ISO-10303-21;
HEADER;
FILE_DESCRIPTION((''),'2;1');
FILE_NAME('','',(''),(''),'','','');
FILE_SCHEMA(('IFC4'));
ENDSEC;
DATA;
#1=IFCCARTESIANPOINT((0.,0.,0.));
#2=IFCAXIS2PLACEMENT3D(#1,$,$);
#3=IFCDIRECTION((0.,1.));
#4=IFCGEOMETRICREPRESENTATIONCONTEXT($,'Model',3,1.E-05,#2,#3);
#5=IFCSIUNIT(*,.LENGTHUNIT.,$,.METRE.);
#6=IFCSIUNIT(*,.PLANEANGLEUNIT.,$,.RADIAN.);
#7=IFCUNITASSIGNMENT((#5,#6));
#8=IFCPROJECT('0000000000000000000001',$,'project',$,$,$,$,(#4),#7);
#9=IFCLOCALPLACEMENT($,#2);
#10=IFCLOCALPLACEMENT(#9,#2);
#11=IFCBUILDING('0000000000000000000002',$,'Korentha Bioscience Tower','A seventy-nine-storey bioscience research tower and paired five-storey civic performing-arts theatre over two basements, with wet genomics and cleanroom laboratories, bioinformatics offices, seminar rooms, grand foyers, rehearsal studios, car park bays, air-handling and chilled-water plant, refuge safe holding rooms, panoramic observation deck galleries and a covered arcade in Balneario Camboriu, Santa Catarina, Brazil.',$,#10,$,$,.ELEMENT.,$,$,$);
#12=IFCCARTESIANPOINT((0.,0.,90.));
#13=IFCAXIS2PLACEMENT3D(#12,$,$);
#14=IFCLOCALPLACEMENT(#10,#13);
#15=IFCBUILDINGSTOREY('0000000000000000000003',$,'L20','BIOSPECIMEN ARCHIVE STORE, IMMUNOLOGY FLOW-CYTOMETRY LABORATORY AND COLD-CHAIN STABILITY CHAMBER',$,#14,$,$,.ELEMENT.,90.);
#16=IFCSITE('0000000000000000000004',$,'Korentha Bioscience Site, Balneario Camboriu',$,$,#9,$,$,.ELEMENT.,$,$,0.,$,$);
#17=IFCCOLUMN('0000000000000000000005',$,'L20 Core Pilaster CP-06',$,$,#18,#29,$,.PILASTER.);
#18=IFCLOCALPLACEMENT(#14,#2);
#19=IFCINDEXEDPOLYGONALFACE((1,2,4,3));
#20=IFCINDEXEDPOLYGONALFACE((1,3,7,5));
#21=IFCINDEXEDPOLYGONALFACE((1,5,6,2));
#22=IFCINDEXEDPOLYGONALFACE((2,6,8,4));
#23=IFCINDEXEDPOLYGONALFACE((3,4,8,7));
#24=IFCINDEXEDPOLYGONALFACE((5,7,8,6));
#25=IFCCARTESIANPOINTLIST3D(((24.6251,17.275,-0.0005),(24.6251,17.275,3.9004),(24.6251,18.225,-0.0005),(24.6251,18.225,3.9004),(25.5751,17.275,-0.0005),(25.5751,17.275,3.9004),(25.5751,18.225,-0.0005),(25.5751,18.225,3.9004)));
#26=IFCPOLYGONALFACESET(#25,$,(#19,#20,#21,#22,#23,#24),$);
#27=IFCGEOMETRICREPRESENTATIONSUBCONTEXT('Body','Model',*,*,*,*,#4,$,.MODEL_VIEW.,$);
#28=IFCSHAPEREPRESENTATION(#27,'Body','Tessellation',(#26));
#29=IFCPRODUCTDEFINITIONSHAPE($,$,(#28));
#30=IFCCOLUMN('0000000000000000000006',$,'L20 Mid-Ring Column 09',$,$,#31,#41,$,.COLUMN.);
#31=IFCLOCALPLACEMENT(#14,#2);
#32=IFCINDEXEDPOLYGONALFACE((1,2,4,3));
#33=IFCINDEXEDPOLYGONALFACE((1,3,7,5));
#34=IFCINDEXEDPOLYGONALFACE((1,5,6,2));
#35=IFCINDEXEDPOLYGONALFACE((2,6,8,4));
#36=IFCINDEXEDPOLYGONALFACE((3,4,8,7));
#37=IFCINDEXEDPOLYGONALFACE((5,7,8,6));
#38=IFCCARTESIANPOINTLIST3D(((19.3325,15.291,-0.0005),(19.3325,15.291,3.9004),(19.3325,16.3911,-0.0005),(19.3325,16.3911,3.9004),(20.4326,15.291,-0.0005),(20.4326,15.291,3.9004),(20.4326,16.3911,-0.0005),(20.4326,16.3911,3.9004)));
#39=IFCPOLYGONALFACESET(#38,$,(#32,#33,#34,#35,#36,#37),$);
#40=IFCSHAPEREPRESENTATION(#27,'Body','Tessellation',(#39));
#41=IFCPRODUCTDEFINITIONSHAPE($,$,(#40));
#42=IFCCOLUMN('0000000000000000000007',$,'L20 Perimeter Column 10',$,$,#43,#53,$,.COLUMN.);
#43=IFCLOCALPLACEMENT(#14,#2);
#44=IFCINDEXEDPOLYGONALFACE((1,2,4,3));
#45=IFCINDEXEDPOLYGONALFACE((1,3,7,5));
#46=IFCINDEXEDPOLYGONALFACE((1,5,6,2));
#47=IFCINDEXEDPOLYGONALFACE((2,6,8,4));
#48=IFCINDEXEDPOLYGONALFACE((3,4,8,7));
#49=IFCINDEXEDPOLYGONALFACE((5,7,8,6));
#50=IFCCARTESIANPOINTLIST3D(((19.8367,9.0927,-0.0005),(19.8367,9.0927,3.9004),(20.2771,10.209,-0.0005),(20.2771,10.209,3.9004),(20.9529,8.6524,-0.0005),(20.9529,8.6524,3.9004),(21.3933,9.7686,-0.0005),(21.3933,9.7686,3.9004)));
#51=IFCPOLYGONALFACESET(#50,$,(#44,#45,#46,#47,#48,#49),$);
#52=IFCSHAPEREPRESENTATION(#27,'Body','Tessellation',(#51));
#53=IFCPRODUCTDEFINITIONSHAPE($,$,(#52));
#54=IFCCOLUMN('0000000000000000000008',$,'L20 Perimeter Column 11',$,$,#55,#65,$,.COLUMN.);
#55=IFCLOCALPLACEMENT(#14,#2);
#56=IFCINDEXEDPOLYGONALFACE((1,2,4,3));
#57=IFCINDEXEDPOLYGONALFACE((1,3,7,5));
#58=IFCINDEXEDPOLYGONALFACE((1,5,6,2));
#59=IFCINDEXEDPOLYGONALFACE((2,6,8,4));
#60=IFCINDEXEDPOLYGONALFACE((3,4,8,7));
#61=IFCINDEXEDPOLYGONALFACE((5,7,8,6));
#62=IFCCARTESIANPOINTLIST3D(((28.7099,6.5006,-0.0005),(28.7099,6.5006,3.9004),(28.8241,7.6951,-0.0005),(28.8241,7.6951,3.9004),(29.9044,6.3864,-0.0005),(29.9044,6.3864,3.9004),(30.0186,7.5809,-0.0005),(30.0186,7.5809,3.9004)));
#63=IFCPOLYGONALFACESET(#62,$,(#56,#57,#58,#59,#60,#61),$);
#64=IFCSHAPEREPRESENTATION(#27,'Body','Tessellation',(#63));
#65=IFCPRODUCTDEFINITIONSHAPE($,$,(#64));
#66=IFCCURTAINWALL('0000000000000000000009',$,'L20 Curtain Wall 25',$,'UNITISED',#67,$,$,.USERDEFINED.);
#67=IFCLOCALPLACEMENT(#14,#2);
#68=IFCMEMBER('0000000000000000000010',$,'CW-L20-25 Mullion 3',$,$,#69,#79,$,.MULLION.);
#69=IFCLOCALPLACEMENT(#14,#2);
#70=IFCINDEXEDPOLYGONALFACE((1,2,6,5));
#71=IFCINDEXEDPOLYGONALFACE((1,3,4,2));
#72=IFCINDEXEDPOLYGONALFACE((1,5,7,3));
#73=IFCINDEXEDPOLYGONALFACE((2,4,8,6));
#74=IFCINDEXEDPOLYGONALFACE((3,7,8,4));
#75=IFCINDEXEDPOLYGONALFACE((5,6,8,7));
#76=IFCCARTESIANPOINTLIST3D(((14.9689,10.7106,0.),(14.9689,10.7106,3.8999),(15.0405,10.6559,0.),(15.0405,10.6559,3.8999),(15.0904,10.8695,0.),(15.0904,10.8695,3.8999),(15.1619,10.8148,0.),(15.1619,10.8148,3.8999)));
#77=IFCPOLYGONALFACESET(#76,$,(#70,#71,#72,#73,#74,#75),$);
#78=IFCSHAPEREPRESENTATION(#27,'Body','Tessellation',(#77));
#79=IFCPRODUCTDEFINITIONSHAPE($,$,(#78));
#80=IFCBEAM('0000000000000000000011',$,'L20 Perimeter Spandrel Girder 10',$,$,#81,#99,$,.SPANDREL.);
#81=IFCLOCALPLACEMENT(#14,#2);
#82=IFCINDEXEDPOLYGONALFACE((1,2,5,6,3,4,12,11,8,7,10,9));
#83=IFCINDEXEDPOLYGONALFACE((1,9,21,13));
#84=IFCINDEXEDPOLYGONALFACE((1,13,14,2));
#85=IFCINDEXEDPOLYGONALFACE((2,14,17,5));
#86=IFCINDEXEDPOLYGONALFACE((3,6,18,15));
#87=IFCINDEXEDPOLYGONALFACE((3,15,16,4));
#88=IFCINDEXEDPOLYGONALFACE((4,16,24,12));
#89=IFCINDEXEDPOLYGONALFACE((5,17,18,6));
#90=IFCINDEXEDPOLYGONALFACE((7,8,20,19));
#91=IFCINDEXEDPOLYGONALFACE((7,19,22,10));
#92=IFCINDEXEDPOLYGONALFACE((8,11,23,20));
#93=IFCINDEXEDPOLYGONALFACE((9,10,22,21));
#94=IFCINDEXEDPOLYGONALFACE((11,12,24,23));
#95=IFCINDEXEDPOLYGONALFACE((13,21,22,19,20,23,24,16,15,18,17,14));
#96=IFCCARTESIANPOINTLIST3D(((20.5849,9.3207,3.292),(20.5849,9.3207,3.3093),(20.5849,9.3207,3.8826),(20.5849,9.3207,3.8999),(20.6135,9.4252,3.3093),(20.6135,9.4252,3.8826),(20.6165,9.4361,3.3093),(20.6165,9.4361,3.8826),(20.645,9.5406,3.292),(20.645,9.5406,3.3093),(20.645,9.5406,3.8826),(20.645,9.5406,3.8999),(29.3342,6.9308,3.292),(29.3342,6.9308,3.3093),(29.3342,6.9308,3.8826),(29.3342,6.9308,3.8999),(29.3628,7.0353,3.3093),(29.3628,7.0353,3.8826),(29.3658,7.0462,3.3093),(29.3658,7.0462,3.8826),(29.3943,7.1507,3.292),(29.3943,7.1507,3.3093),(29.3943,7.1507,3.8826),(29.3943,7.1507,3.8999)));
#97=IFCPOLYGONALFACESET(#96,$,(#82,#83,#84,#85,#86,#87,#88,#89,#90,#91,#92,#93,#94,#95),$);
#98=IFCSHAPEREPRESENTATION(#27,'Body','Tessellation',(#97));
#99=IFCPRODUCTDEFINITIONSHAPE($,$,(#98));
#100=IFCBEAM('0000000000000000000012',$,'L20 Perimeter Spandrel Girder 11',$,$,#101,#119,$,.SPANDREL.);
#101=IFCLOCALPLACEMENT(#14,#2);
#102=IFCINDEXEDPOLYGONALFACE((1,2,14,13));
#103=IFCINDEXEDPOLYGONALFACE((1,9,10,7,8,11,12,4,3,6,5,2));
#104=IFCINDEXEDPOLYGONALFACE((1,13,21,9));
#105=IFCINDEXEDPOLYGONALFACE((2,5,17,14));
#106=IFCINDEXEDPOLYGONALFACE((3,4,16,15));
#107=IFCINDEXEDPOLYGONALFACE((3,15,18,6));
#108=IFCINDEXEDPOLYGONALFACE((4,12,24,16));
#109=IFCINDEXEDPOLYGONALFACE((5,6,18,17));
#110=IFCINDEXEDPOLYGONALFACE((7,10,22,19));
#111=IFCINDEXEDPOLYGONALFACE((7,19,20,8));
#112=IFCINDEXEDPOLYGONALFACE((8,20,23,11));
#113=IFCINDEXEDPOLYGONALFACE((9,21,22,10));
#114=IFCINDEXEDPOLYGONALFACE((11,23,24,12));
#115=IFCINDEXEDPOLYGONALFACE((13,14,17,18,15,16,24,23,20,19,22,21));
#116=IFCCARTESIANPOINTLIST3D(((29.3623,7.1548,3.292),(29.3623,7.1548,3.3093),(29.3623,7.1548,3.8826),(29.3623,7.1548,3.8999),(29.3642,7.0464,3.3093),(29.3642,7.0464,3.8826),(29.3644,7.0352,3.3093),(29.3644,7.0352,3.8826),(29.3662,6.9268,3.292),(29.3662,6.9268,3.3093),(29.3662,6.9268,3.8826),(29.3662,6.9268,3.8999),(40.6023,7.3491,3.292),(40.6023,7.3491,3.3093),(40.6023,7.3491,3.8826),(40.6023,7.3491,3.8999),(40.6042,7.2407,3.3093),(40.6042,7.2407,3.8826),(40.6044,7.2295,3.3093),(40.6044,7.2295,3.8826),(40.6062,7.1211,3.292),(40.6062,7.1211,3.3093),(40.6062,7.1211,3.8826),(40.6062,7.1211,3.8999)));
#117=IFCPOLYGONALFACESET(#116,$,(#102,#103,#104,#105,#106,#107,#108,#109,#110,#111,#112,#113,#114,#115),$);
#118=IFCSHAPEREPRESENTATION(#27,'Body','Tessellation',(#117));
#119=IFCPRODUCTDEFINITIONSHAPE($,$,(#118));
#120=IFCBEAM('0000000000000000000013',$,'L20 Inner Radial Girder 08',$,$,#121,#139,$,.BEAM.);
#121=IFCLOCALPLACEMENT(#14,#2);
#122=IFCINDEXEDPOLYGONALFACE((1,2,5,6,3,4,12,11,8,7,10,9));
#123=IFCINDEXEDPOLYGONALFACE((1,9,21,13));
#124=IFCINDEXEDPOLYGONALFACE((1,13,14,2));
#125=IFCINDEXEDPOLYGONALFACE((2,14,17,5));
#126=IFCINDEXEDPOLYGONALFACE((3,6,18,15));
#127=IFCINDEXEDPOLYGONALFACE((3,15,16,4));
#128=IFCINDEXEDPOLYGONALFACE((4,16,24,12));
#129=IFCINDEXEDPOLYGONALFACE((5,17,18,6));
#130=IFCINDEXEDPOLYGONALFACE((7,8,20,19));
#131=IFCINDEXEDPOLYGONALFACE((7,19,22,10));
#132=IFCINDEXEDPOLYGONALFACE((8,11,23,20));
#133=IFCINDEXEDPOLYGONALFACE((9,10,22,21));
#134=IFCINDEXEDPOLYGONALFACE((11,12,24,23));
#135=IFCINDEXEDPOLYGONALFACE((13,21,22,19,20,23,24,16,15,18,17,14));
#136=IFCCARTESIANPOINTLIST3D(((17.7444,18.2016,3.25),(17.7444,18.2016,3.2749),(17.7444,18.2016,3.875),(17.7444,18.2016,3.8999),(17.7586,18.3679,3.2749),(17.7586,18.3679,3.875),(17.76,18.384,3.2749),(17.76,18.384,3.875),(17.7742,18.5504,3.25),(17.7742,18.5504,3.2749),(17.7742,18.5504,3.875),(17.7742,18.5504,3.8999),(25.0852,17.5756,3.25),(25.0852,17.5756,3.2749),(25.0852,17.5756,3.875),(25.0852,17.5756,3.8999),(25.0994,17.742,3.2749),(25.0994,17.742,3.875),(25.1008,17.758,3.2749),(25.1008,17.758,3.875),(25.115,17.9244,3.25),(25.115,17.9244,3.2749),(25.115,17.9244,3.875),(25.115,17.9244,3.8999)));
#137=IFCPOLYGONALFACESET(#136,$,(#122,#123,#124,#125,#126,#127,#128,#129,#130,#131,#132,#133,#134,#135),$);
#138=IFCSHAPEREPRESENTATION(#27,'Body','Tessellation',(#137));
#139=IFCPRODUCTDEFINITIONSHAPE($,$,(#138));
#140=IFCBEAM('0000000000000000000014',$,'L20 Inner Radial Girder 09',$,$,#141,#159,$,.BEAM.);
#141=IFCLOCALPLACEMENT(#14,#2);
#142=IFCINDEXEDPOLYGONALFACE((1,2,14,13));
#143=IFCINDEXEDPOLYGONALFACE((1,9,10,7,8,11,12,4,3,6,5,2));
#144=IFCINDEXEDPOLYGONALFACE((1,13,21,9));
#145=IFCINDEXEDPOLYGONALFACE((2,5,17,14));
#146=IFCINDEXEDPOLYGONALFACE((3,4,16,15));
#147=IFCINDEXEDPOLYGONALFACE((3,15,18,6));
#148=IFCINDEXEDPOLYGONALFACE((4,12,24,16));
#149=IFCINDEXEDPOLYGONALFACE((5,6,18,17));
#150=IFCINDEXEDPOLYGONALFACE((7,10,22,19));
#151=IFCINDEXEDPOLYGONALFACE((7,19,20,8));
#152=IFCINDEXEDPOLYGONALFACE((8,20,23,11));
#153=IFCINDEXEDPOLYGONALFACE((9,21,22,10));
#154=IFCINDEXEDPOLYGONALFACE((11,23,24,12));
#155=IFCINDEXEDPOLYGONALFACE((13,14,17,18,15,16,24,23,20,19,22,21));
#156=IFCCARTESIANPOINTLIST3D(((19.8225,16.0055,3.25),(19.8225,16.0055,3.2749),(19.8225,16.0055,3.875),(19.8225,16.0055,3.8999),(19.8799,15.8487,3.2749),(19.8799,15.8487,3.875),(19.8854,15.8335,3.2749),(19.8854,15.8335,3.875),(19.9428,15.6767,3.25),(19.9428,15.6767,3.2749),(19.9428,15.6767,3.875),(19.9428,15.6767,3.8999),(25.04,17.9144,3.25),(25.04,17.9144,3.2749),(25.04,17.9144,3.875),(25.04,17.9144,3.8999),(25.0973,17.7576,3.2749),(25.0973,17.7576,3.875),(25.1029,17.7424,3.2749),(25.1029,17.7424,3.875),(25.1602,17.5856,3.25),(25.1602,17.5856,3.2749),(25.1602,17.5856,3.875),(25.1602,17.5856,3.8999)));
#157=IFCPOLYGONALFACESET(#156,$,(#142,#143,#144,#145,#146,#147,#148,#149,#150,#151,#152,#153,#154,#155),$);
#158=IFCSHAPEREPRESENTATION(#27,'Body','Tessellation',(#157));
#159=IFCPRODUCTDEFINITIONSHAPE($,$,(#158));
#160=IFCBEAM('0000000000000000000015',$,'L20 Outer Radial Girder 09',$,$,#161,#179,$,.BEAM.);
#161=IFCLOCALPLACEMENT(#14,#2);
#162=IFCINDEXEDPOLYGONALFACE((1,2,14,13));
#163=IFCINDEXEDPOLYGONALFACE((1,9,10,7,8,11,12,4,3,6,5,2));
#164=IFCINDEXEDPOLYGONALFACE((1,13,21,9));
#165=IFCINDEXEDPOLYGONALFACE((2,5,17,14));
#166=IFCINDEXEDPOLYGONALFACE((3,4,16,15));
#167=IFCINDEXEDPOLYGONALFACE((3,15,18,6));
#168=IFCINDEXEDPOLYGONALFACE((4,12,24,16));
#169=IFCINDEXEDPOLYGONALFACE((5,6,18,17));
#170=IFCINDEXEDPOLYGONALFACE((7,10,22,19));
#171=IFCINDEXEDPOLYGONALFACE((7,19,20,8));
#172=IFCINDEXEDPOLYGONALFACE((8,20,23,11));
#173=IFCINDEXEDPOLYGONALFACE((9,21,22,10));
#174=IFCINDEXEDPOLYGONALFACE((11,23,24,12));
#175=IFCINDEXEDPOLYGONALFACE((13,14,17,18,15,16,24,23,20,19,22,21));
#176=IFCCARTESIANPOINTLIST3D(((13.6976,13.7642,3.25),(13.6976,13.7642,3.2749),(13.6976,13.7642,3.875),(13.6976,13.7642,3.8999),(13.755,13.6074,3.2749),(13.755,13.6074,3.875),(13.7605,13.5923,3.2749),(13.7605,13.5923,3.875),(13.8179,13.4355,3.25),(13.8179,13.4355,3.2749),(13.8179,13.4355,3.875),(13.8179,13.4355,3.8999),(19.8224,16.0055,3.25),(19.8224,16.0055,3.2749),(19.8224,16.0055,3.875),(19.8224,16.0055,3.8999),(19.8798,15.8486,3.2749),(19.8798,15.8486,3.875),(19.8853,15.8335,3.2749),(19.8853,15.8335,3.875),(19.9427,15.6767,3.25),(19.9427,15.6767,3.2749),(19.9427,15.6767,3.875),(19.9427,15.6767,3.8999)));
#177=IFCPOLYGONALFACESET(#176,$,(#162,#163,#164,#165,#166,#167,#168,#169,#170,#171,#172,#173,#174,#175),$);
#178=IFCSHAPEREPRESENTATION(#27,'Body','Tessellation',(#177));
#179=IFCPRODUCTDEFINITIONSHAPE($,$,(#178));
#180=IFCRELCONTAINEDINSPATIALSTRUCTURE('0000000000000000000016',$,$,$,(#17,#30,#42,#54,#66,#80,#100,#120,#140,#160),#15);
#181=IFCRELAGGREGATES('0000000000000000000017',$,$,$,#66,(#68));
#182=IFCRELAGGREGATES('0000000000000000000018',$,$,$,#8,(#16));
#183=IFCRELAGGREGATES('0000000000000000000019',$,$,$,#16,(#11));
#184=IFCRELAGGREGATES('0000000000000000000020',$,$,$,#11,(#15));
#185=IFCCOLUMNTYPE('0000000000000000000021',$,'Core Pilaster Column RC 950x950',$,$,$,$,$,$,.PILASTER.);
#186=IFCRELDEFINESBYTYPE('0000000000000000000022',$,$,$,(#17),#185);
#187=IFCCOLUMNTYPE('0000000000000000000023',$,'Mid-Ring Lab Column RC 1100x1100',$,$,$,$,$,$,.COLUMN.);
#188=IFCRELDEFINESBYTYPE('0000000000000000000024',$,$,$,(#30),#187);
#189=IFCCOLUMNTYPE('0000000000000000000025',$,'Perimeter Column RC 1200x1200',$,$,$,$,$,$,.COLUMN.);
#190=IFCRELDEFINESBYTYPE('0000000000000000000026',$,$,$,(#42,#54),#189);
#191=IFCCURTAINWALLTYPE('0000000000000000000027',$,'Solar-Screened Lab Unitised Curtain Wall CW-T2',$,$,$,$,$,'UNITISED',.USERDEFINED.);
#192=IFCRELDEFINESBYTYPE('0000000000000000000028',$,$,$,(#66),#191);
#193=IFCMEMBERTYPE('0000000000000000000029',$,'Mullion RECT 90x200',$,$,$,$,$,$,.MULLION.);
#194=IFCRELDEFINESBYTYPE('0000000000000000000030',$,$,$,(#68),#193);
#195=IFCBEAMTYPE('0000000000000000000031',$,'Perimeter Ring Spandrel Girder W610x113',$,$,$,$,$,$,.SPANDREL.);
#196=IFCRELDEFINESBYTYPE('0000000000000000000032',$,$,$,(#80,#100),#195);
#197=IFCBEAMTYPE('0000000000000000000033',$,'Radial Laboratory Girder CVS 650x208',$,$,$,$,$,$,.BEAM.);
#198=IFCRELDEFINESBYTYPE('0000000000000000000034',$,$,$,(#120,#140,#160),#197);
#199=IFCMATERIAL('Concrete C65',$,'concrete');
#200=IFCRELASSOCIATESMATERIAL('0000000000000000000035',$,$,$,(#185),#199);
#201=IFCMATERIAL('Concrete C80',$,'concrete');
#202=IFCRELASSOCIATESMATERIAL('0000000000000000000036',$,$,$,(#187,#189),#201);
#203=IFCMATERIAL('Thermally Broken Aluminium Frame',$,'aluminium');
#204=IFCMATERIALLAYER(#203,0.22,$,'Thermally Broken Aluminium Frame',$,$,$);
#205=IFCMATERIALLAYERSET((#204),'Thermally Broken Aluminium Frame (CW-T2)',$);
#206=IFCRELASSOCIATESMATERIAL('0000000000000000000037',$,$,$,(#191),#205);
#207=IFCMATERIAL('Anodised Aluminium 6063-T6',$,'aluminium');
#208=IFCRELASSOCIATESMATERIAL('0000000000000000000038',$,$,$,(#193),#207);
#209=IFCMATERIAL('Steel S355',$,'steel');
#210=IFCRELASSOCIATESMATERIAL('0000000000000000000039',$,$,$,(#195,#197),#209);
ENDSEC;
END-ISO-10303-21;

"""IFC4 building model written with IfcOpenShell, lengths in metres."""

from ifc_helpers import new_model, si_unit, direction, frame, origin, origin_2d, place, context, subcontext, project, spatial, rectangle, i_section, extrude, material, layer, layer_set, material_profile, profile_set, type_object, element, aggregate, save


model = new_model("IFC4")

# Units and contexts
model_context = context("Model", 3, precision=1e-05, world=origin(), true_north=direction((0.0, 1.0)))
body_context = subcontext(model_context, "Body", "Model", "MODEL_VIEW")
ifc_project = project(units=[si_unit("LENGTHUNIT", "METRE"), si_unit("PLANEANGLEUNIT", "RADIAN")], contexts=[model_context])

# Site, building, storey
site_placement = place(None, origin())
site = spatial("IfcSite", under=ifc_project, at=site_placement, Name="Korentha Bioscience Site, Balneario Camboriu", CompositionType="ELEMENT", RefElevation=0.0)
building_placement = place(site_placement, origin())
building = spatial("IfcBuilding", under=site, at=building_placement, Name="Korentha Bioscience Tower", Description="A seventy-nine-storey bioscience research tower and paired five-storey civic performing-arts theatre over two basements, with wet genomics and cleanroom laboratories, bioinformatics offices, seminar rooms, grand foyers, rehearsal studios, car park bays, air-handling and chilled-water plant, refuge safe holding rooms, panoramic observation deck galleries and a covered arcade in Balneario Camboriu, Santa Catarina, Brazil.", CompositionType="ELEMENT")
storey_placement = place(building_placement, frame((0.0, 0.0, 90.0)))
storey = spatial("IfcBuildingStorey", under=building, at=storey_placement, Name="L20", Description="BIOSPECIMEN ARCHIVE STORE, IMMUNOLOGY FLOW-CYTOMETRY LABORATORY AND COLD-CHAIN STABILITY CHAMBER", CompositionType="ELEMENT", Elevation=90.0)

# Columns
ifc_material_1 = material(Name="Concrete C65", Category="concrete")
ifc_material_profile_1 = material_profile(ifc_material_1, rectangle(XDim=0.95, YDim=0.95, at=origin_2d()), Name="Concrete C65")
ifc_profile_set_1 = profile_set([ifc_material_profile_1], Name="Concrete C65 (COL-CP09)")
column_type_1 = type_object("IfcColumnType", Name="Core Pilaster Column RC 950x950", PredefinedType="PILASTER", material=ifc_profile_set_1)
column_1_placement = place(storey_placement, frame((25.1001, 17.75, -0.0005), z_axis=(0.0, 0.0, 1.0), x_axis=(1.0, 0.0, 0.0)))
element("IfcColumn", 1, at=column_1_placement, inside=storey, type_object=column_type_1, Name="L20 Core Pilaster CP-06", PredefinedType="PILASTER", context=body_context, shape_type="SweptSolid", body=[
    extrude(rectangle(XDim=0.95, YDim=0.95, at=origin_2d()), origin(), (0.0, 0.0, 1.0), 3.9009),
])
ifc_material_2 = material(Name="Concrete C80", Category="concrete")
ifc_material_profile_2 = material_profile(ifc_material_2, rectangle(XDim=1.1001, YDim=1.1001, at=origin_2d()), Name="Concrete C80")
ifc_profile_set_2 = profile_set([ifc_material_profile_2], Name="Concrete C80 (COL-MR11)")
column_type_2 = type_object("IfcColumnType", Name="Mid-Ring Lab Column RC 1100x1100", PredefinedType="COLUMN", material=ifc_profile_set_2)
column_2_placement = place(storey_placement, frame((19.8826, 15.8411, -0.0005), z_axis=(0.0, 0.0, 1.0), x_axis=(1.0, 0.0, 0.0)))
element("IfcColumn", 2, at=column_2_placement, inside=storey, type_object=column_type_2, Name="L20 Mid-Ring Column 09", PredefinedType="COLUMN", context=body_context, shape_type="SweptSolid", body=[
    extrude(rectangle(XDim=1.1001, YDim=1.1001, at=origin_2d()), origin(), (0.0, 0.0, 1.0), 3.9009),
])
ifc_material_profile_3 = material_profile(ifc_material_2, rectangle(XDim=1.2, YDim=1.2, at=origin_2d()), Name="Concrete C80")
ifc_profile_set_3 = profile_set([ifc_material_profile_3], Name="Concrete C80 (COL-P12)")
column_type_3 = type_object("IfcColumnType", Name="Perimeter Column RC 1200x1200", PredefinedType="COLUMN", material=ifc_profile_set_3)
for number, where, z_axis, x_axis, name in (
    (3, (20.615, 9.4307, -0.0005), (0.0, 0.0, 1.0), (-0.930226, 0.366988, 0.0), "L20 Perimeter Column 10"),
    (4, (29.3643, 7.0408, -0.0005), (0.0, 0.0, 1.0), (-0.995463, 0.095151, 0.0), "L20 Perimeter Column 11"),
):
    element("IfcColumn", number, at=place(storey_placement, frame(where, z_axis=z_axis, x_axis=x_axis)), inside=storey, type_object=column_type_3, Name=name, PredefinedType="COLUMN", context=body_context, shape_type="SweptSolid", body=[
        extrude(rectangle(XDim=1.2, YDim=1.2, at=origin_2d()), origin(), (0.0, 0.0, 1.0), 3.9009),
    ])

# Curtain wall, member
ifc_material_3 = material(Name="Thermally Broken Aluminium Frame", Category="aluminium")
ifc_layer_1 = layer(ifc_material_3, 0.22, Name="Thermally Broken Aluminium Frame")
ifc_layer_set_1 = layer_set([ifc_layer_1], Name="Thermally Broken Aluminium Frame (CW-T2)")
curtain_wall_type = type_object("IfcCurtainWallType", Name="Solar-Screened Lab Unitised Curtain Wall CW-T2", ElementType="UNITISED", PredefinedType="USERDEFINED", material=ifc_layer_set_1)
curtain_wall_placement = place(storey_placement, origin())
curtain_wall = element("IfcCurtainWall", 5, at=curtain_wall_placement, inside=storey, type_object=curtain_wall_type, Name="L20 Curtain Wall 25", ObjectType="UNITISED", PredefinedType="USERDEFINED")
ifc_material_4 = material(Name="Anodised Aluminium 6063-T6", Category="aluminium")
ifc_material_profile_4 = material_profile(ifc_material_4, rectangle(XDim=0.0901, YDim=0.2, at=origin_2d()), Name="Anodised Aluminium 6063-T6")
ifc_profile_set_4 = profile_set([ifc_material_profile_4], Name="Anodised Aluminium 6063-T6 (CW-MUL)")
member_type = type_object("IfcMemberType", Name="Mullion RECT 90x200", PredefinedType="MULLION", material=ifc_profile_set_4)
member_placement = place(storey_placement, frame((15.0654, 10.7627, 0.0), z_axis=(0.0, 0.0, 1.0), x_axis=(0.7945, -0.607265, 0.0)))
member = element("IfcMember", 6, at=member_placement, type_object=member_type, Name="CW-L20-25 Mullion 3", PredefinedType="MULLION", context=body_context, shape_type="SweptSolid", body=[
    extrude(rectangle(XDim=0.0901, YDim=0.2, at=origin_2d()), origin(), (0.0, 0.0, 1.0), 3.8999),
])
aggregate(curtain_wall, [member])

# Beams
ifc_material_5 = material(Name="Steel S355", Category="steel")
ifc_material_profile_5 = material_profile(ifc_material_5, i_section(OverallWidth=0.228, OverallDepth=0.6079, WebThickness=0.0112, FlangeThickness=0.0173, at=origin_2d()), Name="Steel S355")
ifc_profile_set_5 = profile_set([ifc_material_profile_5], Name="Steel S355 (SB-610)")
beam_type_1 = type_object("IfcBeamType", Name="Perimeter Ring Spandrel Girder W610x113", PredefinedType="SPANDREL", material=ifc_profile_set_5)
beam_1_placement = place(storey_placement, frame((20.615, 9.4307, 3.5959), z_axis=(0.964659, -0.2635, 0.0), x_axis=(0.2635, 0.964659, 0.0)))
element("IfcBeam", 7, at=beam_1_placement, inside=storey, type_object=beam_type_1, Name="L20 Perimeter Spandrel Girder 10", PredefinedType="SPANDREL", context=body_context, shape_type="SweptSolid", body=[
    extrude(i_section(OverallWidth=0.228, OverallDepth=0.6079, WebThickness=0.0112, FlangeThickness=0.0173, at=origin_2d()), origin(), (0.0, 0.0, 1.0), 9.0698),
])
beam_2_placement = place(storey_placement, frame((29.3643, 7.0408, 3.5959), z_axis=(0.999851, 0.017287, 0.0), x_axis=(-0.017287, 0.999851, 0.0)))
element("IfcBeam", 8, at=beam_2_placement, inside=storey, type_object=beam_type_1, Name="L20 Perimeter Spandrel Girder 11", PredefinedType="SPANDREL", context=body_context, shape_type="SweptSolid", body=[
    extrude(i_section(OverallWidth=0.228, OverallDepth=0.6079, WebThickness=0.0112, FlangeThickness=0.0173, at=origin_2d()), origin(), (0.0, 0.0, 1.0), 11.2417),
])
ifc_material_profile_6 = material_profile(ifc_material_5, i_section(OverallWidth=0.3501, OverallDepth=0.6499, WebThickness=0.0161, FlangeThickness=0.0249, at=origin_2d()), Name="Steel S355")
ifc_profile_set_6 = profile_set([ifc_material_profile_6], Name="Steel S355 (RB-650)")
beam_type_2 = type_object("IfcBeamType", Name="Radial Laboratory Girder CVS 650x208", PredefinedType="BEAM", material=ifc_profile_set_6)
beam_3_placement = place(storey_placement, frame((25.1001, 17.75, 3.575), z_axis=(-0.996384, 0.084965, 0.0), x_axis=(-0.084965, -0.996384, 0.0)))
element("IfcBeam", 9, at=beam_3_placement, inside=storey, type_object=beam_type_2, Name="L20 Inner Radial Girder 08", PredefinedType="BEAM", context=body_context, shape_type="SweptSolid", body=[
    extrude(i_section(OverallWidth=0.3501, OverallDepth=0.6499, WebThickness=0.0161, FlangeThickness=0.0249, at=origin_2d()), origin(), (0.0, 0.0, 1.0), 7.3674),
])
beam_4_placement = place(storey_placement, frame((25.1001, 17.75, 3.575), z_axis=(-0.939118, -0.343595, 0.0), x_axis=(0.343595, -0.939118, 0.0)))
element("IfcBeam", 10, at=beam_4_placement, inside=storey, type_object=beam_type_2, Name="L20 Inner Radial Girder 09", PredefinedType="BEAM", context=body_context, shape_type="SweptSolid", body=[
    extrude(i_section(OverallWidth=0.3501, OverallDepth=0.6499, WebThickness=0.0161, FlangeThickness=0.0249, at=origin_2d()), origin(), (0.0, 0.0, 1.0), 5.5557),
])
beam_5_placement = place(storey_placement, frame((19.8826, 15.8411, 3.575), z_axis=(-0.939101, -0.343642, 0.0), x_axis=(0.343642, -0.939101, 0.0)))
element("IfcBeam", 11, at=beam_5_placement, inside=storey, type_object=beam_type_2, Name="L20 Outer Radial Girder 09", PredefinedType="BEAM", context=body_context, shape_type="SweptSolid", body=[
    extrude(i_section(OverallWidth=0.3501, OverallDepth=0.6499, WebThickness=0.0161, FlangeThickness=0.0249, at=origin_2d()), origin(), (0.0, 0.0, 1.0), 6.522),
])

save(model, "model.ifc")
